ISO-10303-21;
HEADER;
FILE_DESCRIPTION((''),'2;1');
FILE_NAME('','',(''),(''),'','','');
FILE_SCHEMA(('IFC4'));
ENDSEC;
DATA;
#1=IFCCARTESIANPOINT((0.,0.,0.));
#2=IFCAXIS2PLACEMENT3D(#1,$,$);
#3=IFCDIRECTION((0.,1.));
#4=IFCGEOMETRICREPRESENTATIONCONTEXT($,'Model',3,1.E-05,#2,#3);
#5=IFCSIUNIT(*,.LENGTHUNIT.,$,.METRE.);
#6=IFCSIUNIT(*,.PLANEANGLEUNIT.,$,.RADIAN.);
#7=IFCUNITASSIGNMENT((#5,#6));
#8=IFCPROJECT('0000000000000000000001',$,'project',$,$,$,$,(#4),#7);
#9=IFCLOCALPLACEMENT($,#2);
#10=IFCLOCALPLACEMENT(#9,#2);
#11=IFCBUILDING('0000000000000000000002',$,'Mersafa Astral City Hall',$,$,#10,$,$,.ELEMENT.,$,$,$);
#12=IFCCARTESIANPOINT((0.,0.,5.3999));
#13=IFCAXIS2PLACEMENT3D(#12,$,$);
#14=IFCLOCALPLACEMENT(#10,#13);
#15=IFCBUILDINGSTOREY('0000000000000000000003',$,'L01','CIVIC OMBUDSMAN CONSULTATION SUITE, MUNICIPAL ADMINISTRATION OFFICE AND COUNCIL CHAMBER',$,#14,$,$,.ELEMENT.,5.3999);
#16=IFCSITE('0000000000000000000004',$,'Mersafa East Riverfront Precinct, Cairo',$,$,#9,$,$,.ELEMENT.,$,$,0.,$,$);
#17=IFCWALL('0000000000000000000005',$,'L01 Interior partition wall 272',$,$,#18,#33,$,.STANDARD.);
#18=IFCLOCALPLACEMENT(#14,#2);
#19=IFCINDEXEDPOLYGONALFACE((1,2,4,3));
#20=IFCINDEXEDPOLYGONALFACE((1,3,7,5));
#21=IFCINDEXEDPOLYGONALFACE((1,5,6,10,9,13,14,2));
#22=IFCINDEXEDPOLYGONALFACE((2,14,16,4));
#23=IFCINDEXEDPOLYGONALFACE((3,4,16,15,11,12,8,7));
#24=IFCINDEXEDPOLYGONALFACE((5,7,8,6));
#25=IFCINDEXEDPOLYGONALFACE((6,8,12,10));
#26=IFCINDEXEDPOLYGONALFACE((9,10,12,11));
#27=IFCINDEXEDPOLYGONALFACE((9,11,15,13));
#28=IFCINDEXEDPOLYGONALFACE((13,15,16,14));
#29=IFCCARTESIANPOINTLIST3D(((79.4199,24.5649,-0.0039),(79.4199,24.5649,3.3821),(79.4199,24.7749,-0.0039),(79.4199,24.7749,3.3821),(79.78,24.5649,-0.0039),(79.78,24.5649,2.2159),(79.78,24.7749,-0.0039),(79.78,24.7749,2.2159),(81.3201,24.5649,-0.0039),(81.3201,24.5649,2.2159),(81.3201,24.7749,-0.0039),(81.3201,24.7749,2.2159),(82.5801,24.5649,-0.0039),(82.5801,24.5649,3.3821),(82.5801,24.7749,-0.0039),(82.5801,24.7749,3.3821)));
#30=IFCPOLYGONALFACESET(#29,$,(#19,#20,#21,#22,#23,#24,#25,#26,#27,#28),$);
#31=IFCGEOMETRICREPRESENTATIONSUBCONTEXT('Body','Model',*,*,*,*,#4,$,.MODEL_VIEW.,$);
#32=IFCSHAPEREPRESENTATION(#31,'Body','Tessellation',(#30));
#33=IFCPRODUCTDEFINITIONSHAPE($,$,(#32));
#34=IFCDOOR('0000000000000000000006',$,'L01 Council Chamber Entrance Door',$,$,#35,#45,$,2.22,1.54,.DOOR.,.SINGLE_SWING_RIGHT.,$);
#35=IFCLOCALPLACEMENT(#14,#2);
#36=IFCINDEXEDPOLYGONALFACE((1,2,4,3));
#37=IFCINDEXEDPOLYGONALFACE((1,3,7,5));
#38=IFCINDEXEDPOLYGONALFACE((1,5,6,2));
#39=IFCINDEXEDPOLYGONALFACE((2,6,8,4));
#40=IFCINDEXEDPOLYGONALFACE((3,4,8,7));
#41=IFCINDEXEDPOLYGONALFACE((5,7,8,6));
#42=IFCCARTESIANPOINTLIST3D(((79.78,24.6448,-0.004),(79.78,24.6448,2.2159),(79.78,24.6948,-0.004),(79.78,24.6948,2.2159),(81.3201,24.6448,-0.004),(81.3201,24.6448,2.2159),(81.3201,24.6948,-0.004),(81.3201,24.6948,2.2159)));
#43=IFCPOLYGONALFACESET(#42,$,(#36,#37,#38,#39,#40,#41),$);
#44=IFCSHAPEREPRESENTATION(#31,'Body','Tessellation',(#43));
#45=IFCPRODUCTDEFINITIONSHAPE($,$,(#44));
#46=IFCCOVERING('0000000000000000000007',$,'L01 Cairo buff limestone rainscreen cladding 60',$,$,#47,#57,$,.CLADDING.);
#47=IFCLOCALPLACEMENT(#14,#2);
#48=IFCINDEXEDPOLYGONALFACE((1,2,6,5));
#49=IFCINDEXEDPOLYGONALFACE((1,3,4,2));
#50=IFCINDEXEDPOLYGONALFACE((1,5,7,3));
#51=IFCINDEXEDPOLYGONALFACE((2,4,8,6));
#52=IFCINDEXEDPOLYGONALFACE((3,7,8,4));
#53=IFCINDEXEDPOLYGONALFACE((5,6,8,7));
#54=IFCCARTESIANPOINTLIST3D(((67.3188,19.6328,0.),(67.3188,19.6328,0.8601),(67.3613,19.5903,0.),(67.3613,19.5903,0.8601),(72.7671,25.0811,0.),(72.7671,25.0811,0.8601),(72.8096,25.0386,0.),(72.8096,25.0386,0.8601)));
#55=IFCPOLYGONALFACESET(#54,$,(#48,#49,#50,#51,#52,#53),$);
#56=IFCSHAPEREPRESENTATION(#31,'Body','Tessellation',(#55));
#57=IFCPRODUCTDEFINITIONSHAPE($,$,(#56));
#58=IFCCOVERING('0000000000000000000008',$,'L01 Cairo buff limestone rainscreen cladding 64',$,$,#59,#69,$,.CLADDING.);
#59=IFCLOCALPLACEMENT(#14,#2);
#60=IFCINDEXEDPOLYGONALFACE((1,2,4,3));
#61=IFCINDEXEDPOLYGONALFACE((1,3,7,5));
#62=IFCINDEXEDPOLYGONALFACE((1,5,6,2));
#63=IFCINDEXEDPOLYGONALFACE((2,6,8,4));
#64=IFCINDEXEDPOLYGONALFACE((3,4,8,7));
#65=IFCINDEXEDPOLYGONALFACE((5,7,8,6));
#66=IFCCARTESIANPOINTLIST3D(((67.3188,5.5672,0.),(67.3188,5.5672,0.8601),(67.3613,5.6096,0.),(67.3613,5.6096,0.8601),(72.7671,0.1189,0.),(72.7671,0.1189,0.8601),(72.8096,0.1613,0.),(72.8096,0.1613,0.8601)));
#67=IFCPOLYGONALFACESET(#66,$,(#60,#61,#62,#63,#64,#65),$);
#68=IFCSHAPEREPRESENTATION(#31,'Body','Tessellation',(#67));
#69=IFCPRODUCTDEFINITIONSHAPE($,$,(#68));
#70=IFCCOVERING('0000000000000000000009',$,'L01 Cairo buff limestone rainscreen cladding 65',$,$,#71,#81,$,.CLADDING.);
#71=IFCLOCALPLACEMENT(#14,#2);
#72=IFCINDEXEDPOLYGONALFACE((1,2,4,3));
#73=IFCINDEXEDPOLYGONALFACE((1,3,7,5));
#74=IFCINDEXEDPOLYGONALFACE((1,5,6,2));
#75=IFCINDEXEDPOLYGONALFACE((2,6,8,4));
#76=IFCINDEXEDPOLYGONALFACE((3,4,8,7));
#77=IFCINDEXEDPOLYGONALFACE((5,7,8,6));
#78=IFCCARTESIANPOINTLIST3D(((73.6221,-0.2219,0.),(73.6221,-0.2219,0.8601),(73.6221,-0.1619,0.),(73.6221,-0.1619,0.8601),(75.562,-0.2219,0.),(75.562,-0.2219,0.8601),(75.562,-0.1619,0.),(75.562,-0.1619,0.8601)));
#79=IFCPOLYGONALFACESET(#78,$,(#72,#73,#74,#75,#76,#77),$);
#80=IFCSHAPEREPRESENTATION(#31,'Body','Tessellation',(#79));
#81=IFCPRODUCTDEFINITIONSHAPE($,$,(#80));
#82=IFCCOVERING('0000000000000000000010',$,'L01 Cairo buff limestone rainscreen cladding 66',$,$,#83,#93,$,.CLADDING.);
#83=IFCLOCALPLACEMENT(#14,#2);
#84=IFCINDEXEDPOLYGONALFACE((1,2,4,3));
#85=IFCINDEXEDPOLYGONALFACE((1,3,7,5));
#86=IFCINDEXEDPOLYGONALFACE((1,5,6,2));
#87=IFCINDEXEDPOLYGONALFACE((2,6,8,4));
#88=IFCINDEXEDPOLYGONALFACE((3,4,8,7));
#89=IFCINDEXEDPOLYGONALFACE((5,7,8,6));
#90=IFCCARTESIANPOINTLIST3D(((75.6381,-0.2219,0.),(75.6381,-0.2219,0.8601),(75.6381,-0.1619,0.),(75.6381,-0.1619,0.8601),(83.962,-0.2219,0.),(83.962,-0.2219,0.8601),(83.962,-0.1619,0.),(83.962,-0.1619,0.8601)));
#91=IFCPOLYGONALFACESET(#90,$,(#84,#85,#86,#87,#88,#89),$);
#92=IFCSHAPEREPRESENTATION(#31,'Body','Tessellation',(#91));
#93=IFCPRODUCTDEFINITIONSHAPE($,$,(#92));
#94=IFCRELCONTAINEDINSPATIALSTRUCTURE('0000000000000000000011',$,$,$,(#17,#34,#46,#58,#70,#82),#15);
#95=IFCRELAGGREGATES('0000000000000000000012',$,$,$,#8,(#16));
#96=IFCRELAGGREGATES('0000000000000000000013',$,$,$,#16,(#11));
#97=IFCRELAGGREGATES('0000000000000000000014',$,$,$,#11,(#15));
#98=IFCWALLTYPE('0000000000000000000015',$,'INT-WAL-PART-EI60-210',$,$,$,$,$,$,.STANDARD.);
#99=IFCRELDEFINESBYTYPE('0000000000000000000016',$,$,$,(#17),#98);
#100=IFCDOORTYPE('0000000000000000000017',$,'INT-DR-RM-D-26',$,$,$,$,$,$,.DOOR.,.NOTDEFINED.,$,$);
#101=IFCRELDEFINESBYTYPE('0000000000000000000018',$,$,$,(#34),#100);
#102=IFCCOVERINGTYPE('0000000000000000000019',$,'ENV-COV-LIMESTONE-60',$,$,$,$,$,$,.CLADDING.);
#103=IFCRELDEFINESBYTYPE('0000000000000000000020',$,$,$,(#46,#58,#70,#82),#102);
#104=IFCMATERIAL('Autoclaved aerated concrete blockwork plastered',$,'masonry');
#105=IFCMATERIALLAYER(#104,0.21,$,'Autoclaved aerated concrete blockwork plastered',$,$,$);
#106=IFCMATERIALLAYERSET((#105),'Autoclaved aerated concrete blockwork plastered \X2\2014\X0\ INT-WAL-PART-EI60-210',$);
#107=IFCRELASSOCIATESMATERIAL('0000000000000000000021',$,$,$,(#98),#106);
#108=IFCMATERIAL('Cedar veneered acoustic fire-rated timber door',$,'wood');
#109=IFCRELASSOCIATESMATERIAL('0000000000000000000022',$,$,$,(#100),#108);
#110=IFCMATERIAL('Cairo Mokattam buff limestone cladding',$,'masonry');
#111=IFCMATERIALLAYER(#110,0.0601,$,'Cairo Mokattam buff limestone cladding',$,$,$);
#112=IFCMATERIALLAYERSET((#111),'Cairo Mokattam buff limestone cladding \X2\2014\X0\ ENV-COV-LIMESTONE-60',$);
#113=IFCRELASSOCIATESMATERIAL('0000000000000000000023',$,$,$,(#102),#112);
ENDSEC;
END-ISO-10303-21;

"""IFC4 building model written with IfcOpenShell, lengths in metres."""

from ifc_helpers import new_model, si_unit, direction, frame, frame_2d, origin, origin_2d, place, context, subcontext, project, spatial, rectangle, extrude, material, layer, layer_set, type_object, element, fill, save


model = new_model("IFC4")

# Units and contexts
model_context = context("Model", 3, precision=1e-05, world=origin(), true_north=direction((0.0, 1.0)))
body_context = subcontext(model_context, "Body", "Model", "MODEL_VIEW")
ifc_project = project(units=[si_unit("LENGTHUNIT", "METRE"), si_unit("PLANEANGLEUNIT", "RADIAN")], contexts=[model_context])

# Site, building, storey
site_placement = place(None, origin())
site = spatial("IfcSite", under=ifc_project, at=site_placement, Name="Mersafa East Riverfront Precinct, Cairo", CompositionType="ELEMENT", RefElevation=0.0)
building_placement = place(site_placement, origin())
building = spatial("IfcBuilding", under=site, at=building_placement, Name="Mersafa Astral City Hall", CompositionType="ELEMENT")
storey_placement = place(building_placement, frame((0.0, 0.0, 5.3999)))
storey = spatial("IfcBuildingStorey", under=building, at=storey_placement, Name="L01", Description="CIVIC OMBUDSMAN CONSULTATION SUITE, MUNICIPAL ADMINISTRATION OFFICE AND COUNCIL CHAMBER", CompositionType="ELEMENT", Elevation=5.3999)

# Wall, opening, door
ifc_material_1 = material(Name="Autoclaved aerated concrete blockwork plastered", Category="masonry")
ifc_layer_1 = layer(ifc_material_1, 0.21, Name="Autoclaved aerated concrete blockwork plastered")
ifc_layer_set_1 = layer_set([ifc_layer_1], Name="Autoclaved aerated concrete blockwork plastered — INT-WAL-PART-EI60-210")
wall_type_1 = type_object("IfcWallType", Name="INT-WAL-PART-EI60-210", PredefinedType="STANDARD", material=ifc_layer_set_1)
wall_1_placement = place(storey_placement, frame((79.4199, 24.6699, -0.0039), z_axis=(0.0, 0.0, 1.0), x_axis=(1.0, 0.0, 0.0)))
wall_1 = element("IfcWall", 1, at=wall_1_placement, inside=storey, type_object=wall_type_1, Name="L01 Interior partition wall 272", PredefinedType="STANDARD", context=body_context, shape_type="SweptSolid", body=[
    extrude(rectangle(XDim=3.1602, YDim=0.21, at=frame_2d((1.5801, 0.0))), origin(), (0.0, 0.0, 1.0), 3.386),
])
opening_1_placement = place(wall_1_placement, frame((0.3601, 0.0, 0.0)))
opening_1 = element("IfcOpeningElement", 2, at=opening_1_placement, cuts=wall_1, PredefinedType="OPENING", context=body_context, shape_type="SweptSolid", body=[
    extrude(rectangle(XDim=1.54, YDim=2.22, at=frame_2d((0.77, 1.1099))), frame((0.0, 0.115, 0.0), z_axis=(0.0, -1.0, 0.0), x_axis=(1.0, 0.0, 0.0)), (0.0, 0.0, 1.0), 0.23),
])
ifc_material_2 = material(Name="Cedar veneered acoustic fire-rated timber door", Category="wood")
door_type = type_object("IfcDoorType", Name="INT-DR-RM-D-26", OperationType="NOTDEFINED", PredefinedType="DOOR", material=ifc_material_2)
door_placement = place(opening_1_placement, origin())
door = element("IfcDoor", 3, at=door_placement, inside=storey, type_object=door_type, Name="L01 Council Chamber Entrance Door", OperationType="SINGLE_SWING_RIGHT", OverallHeight=2.22, OverallWidth=1.54, PredefinedType="DOOR", context=body_context, shape_type="SweptSolid", body=[
    extrude(rectangle(XDim=1.54, YDim=2.22, at=frame_2d((0.77, 1.1099))), frame((0.0, 0.0249, 0.0), z_axis=(0.0, -1.0, 0.0), x_axis=(1.0, 0.0, 0.0)), (0.0, 0.0, 1.0), 0.05),
])
fill(opening_1, door)

# Coverings
ifc_material_3 = material(Name="Cairo Mokattam buff limestone cladding", Category="masonry")
ifc_layer_2 = layer(ifc_material_3, 0.0601, Name="Cairo Mokattam buff limestone cladding")
ifc_layer_set_2 = layer_set([ifc_layer_2], Name="Cairo Mokattam buff limestone cladding — ENV-COV-LIMESTONE-60")
covering_type = type_object("IfcCoveringType", Name="ENV-COV-LIMESTONE-60", PredefinedType="CLADDING", material=ifc_layer_set_2)
for number, where, z_axis, x_axis, name in (
    (4, (70.0642, 22.3357, 0.0), (0.0, 0.0, 1.0), (-0.707107, -0.707107, 0.0), "L01 Cairo buff limestone rainscreen cladding 60"),
    (5, (70.0642, 2.8643, 0.0), (0.0, 0.0, 1.0), (0.707107, -0.707107, 0.0), "L01 Cairo buff limestone rainscreen cladding 64"),
):
    element("IfcCovering", number, at=place(storey_placement, frame(where, z_axis=z_axis, x_axis=x_axis)), inside=storey, type_object=covering_type, Name=name, PredefinedType="CLADDING", context=body_context, shape_type="SweptSolid", body=[
        extrude(rectangle(XDim=7.7051, YDim=0.0601, at=origin_2d()), origin(), (0.0, 0.0, 1.0), 0.8601),
    ])
covering_1_placement = place(storey_placement, frame((74.592, -0.1919, 0.0), z_axis=(0.0, 0.0, 1.0), x_axis=(1.0, 0.0, 0.0)))
element("IfcCovering", 6, at=covering_1_placement, inside=storey, type_object=covering_type, Name="L01 Cairo buff limestone rainscreen cladding 65", PredefinedType="CLADDING", context=body_context, shape_type="SweptSolid", body=[
    extrude(rectangle(XDim=1.9399, YDim=0.0601, at=origin_2d()), origin(), (0.0, 0.0, 1.0), 0.8601),
])
covering_2_placement = place(storey_placement, frame((79.8, -0.1919, 0.0), z_axis=(0.0, 0.0, 1.0), x_axis=(1.0, 0.0, 0.0)))
element("IfcCovering", 7, at=covering_2_placement, inside=storey, type_object=covering_type, Name="L01 Cairo buff limestone rainscreen cladding 66", PredefinedType="CLADDING", context=body_context, shape_type="SweptSolid", body=[
    extrude(rectangle(XDim=8.324, YDim=0.0601, at=origin_2d()), origin(), (0.0, 0.0, 1.0), 0.8601),
])

save(model, "model.ifc")
